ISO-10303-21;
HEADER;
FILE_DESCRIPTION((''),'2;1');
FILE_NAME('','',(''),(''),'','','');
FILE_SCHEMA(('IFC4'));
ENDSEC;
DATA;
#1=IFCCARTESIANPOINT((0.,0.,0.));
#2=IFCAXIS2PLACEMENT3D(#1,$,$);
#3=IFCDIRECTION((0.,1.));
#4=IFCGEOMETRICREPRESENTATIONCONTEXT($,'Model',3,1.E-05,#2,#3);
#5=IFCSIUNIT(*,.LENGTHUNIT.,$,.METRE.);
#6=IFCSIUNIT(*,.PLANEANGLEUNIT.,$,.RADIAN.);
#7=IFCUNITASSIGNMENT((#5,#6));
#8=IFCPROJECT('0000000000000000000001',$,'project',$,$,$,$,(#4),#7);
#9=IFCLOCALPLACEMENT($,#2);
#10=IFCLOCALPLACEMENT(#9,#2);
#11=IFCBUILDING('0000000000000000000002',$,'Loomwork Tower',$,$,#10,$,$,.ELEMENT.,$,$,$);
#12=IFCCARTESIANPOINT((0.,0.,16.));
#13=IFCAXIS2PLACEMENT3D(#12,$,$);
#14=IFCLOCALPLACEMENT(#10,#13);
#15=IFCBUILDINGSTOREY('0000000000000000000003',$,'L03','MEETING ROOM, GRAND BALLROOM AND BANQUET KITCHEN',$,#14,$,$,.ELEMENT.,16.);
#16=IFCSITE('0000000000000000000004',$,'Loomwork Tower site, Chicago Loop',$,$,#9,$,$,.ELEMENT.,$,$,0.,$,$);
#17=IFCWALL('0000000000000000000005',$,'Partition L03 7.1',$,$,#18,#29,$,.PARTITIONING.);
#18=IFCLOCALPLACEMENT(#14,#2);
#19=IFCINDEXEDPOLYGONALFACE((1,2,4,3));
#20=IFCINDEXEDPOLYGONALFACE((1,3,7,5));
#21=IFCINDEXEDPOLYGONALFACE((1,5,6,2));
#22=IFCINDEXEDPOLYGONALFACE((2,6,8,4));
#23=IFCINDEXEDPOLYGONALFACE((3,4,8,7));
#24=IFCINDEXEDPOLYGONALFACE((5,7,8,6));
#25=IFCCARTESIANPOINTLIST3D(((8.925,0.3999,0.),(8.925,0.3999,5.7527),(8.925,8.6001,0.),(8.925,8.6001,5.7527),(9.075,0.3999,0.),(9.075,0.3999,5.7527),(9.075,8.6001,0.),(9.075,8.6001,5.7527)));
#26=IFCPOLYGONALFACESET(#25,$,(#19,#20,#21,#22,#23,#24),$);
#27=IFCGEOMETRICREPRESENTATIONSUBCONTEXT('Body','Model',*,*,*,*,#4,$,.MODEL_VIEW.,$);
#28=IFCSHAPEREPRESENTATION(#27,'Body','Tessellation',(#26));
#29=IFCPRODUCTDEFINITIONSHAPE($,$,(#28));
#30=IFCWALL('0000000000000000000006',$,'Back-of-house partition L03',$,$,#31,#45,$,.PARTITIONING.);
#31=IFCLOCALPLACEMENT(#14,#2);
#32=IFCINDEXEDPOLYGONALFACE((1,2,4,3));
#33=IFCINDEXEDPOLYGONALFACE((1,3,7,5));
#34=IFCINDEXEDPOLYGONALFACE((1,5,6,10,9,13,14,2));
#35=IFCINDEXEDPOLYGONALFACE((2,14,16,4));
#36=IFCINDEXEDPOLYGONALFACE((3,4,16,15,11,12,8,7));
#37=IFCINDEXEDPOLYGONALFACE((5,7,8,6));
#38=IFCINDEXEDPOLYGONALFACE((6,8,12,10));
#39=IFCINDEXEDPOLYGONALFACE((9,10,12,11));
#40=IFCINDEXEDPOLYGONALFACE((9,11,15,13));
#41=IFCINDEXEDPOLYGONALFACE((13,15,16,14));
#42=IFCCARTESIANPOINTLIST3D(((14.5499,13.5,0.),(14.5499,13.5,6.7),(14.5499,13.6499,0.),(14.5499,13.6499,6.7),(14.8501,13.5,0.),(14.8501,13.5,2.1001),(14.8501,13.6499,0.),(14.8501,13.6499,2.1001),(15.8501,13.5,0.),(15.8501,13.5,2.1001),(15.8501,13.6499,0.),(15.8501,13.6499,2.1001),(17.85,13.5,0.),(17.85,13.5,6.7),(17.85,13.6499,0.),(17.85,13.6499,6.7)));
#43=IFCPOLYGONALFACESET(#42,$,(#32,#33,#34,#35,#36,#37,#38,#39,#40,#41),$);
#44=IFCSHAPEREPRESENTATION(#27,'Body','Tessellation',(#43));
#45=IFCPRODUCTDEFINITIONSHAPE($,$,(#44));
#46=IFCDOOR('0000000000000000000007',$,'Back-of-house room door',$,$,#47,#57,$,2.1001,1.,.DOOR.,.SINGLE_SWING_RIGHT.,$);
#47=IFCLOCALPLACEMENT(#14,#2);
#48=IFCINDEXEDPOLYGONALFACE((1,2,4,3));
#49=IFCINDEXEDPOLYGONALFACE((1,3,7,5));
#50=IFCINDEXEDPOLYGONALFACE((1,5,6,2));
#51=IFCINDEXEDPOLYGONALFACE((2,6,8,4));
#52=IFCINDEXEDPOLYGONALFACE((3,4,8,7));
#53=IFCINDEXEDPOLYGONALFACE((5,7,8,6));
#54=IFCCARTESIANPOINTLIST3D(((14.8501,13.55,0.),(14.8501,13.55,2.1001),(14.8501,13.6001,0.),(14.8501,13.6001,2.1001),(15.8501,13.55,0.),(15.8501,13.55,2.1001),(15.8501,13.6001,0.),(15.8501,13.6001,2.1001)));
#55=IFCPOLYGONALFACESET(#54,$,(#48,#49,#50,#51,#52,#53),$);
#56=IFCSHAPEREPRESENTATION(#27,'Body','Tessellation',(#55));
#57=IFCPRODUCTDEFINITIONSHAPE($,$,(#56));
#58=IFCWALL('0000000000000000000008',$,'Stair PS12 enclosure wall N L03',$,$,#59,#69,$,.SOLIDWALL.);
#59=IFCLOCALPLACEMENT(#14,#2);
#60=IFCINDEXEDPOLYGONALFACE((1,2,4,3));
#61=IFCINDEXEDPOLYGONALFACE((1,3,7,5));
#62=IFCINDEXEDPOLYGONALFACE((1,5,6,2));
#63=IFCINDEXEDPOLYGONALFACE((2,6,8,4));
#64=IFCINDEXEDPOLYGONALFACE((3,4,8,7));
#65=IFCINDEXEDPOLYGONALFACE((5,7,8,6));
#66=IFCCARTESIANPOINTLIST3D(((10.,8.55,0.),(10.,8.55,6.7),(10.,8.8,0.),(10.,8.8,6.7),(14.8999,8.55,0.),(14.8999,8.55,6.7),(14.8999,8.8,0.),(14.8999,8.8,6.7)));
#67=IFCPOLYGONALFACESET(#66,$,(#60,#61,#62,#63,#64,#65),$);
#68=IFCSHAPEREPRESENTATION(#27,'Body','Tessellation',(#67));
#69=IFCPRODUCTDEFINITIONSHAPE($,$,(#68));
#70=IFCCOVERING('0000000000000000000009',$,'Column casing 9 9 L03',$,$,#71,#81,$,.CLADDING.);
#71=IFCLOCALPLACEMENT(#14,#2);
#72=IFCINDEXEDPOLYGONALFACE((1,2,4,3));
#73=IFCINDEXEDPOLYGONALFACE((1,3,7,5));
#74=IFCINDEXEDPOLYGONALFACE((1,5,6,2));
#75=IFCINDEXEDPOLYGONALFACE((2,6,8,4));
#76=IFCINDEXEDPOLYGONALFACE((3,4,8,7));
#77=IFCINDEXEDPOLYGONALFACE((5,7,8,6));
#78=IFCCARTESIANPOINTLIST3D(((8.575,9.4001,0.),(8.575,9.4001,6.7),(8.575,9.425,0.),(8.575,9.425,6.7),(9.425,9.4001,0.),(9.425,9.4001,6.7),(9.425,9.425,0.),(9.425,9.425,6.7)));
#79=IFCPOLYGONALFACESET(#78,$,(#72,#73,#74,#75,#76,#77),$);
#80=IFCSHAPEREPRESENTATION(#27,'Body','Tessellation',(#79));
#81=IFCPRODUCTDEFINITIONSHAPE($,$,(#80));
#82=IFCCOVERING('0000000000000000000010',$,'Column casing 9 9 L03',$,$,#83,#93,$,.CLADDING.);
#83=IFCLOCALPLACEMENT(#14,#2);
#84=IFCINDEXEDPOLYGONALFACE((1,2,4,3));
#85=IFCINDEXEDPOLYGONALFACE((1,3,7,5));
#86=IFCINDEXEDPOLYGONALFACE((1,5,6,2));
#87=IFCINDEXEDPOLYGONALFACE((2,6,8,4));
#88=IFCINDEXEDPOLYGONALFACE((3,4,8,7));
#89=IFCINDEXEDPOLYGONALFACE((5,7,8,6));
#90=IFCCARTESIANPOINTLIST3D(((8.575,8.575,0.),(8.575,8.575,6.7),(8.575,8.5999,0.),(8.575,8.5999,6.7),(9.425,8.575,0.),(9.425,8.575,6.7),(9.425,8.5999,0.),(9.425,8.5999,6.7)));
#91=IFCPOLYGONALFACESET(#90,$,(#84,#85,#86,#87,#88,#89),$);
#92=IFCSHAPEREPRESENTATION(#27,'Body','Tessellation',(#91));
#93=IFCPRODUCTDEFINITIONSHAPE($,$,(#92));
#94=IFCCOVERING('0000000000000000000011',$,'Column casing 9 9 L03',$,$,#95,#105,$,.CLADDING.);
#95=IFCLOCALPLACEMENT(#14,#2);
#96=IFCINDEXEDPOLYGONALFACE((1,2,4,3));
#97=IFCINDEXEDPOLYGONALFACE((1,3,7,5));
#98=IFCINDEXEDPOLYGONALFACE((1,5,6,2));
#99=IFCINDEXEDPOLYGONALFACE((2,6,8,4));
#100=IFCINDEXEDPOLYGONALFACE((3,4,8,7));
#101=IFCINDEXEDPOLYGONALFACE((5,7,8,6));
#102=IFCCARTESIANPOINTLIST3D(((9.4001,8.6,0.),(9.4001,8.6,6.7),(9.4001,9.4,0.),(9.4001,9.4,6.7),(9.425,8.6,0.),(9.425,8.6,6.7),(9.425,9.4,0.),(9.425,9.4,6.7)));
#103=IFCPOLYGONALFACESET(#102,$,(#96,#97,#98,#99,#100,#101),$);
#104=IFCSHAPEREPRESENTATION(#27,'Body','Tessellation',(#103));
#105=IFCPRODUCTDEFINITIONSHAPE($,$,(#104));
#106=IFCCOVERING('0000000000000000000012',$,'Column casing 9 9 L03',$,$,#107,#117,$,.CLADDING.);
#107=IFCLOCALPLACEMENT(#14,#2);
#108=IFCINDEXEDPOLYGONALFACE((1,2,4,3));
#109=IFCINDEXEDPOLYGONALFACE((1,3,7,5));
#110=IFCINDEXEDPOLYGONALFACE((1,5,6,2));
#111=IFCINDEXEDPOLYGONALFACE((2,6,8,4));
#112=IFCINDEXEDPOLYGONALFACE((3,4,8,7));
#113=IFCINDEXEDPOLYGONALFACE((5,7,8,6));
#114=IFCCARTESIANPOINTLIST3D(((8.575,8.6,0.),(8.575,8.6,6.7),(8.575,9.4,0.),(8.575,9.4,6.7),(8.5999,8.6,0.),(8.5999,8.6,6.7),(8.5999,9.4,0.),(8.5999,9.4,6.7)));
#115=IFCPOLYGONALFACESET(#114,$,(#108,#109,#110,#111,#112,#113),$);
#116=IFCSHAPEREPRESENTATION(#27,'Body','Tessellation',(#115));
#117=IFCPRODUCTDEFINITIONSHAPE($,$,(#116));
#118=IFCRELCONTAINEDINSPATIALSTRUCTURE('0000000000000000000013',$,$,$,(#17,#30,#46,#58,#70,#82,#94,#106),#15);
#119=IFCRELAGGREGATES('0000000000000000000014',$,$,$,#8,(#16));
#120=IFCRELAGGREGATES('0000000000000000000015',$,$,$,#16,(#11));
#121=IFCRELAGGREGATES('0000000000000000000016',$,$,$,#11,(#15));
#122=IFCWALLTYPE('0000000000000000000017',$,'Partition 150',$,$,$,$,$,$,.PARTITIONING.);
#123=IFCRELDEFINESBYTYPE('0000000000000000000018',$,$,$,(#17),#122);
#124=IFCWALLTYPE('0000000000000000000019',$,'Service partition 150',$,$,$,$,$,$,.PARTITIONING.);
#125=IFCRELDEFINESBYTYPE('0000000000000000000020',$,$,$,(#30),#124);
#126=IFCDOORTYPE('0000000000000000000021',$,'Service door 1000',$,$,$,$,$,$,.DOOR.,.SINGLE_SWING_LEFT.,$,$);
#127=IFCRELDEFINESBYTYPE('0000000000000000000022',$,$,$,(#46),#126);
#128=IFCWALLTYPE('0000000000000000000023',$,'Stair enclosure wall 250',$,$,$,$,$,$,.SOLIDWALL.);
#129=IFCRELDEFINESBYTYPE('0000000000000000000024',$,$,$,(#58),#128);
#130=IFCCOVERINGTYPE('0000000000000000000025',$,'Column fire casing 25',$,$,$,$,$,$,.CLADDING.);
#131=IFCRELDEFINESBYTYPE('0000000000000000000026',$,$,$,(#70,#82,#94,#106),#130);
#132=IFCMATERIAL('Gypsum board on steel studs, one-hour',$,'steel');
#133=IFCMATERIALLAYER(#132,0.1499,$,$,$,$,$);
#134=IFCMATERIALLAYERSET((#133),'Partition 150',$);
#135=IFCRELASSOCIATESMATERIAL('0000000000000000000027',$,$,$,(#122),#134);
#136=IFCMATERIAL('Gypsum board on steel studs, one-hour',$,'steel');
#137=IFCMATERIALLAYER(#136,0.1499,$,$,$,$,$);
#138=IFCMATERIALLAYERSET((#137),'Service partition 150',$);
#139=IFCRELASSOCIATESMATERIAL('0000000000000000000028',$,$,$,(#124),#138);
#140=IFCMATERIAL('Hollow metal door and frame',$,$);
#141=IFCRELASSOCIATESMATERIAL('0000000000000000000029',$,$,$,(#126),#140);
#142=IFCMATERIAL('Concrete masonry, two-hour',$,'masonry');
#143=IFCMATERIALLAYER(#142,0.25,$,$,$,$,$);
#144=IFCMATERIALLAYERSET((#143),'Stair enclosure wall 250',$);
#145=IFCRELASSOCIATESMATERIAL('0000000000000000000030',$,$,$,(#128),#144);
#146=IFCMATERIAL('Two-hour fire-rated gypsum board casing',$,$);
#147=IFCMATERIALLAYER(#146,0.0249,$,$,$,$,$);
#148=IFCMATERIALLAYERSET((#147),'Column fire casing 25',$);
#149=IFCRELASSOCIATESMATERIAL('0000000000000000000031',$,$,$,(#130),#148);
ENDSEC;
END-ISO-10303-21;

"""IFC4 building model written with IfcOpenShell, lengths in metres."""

from ifc_helpers import new_model, si_unit, direction, frame, frame_2d, origin, origin_2d, place, context, subcontext, project, spatial, rectangle, extrude, material, layer, layer_set, type_object, element, fill, save


model = new_model("IFC4")

# Units and contexts
model_context = context("Model", 3, precision=1e-05, world=origin(), true_north=direction((0.0, 1.0)))
body_context = subcontext(model_context, "Body", "Model", "MODEL_VIEW")
ifc_project = project(units=[si_unit("LENGTHUNIT", "METRE"), si_unit("PLANEANGLEUNIT", "RADIAN")], contexts=[model_context])

# Site, building, storey
site_placement = place(None, origin())
site = spatial("IfcSite", under=ifc_project, at=site_placement, Name="Loomwork Tower site, Chicago Loop", CompositionType="ELEMENT", RefElevation=0.0)
building_placement = place(site_placement, origin())
building = spatial("IfcBuilding", under=site, at=building_placement, Name="Loomwork Tower", CompositionType="ELEMENT")
storey_placement = place(building_placement, frame((0.0, 0.0, 16.0)))
storey = spatial("IfcBuildingStorey", under=building, at=storey_placement, Name="L03", Description="MEETING ROOM, GRAND BALLROOM AND BANQUET KITCHEN", CompositionType="ELEMENT", Elevation=16.0)

# Wall
ifc_material_1 = material(Name="Gypsum board on steel studs, one-hour", Category="steel")
ifc_layer_1 = layer(ifc_material_1, 0.1499)
ifc_layer_set_1 = layer_set([ifc_layer_1], Name="Partition 150")
wall_type_1 = type_object("IfcWallType", Name="Partition 150", PredefinedType="PARTITIONING", material=ifc_layer_set_1)
wall_1_placement = place(storey_placement, frame((9.0, 8.6001, 0.0), z_axis=(0.0, 0.0, 1.0), x_axis=(0.0, -1.0, 0.0)))
element("IfcWall", 1, at=wall_1_placement, inside=storey, type_object=wall_type_1, Name="Partition L03 7.1", PredefinedType="PARTITIONING", context=body_context, shape_type="SweptSolid", body=[
    extrude(rectangle(XDim=8.2002, YDim=0.1499, at=frame_2d((4.1001, 0.0))), origin(), (0.0, 0.0, 1.0), 5.7527),
])

# Wall, opening, door
ifc_material_2 = material(Name="Gypsum board on steel studs, one-hour", Category="steel")
ifc_layer_2 = layer(ifc_material_2, 0.1499)
ifc_layer_set_2 = layer_set([ifc_layer_2], Name="Service partition 150")
wall_type_2 = type_object("IfcWallType", Name="Service partition 150", PredefinedType="PARTITIONING", material=ifc_layer_set_2)
wall_2_placement = place(storey_placement, frame((14.55, 13.575, 0.0), z_axis=(0.0, 0.0, 1.0), x_axis=(1.0, 0.0, 0.0)))
wall_2 = element("IfcWall", 2, at=wall_2_placement, inside=storey, type_object=wall_type_2, Name="Back-of-house partition L03", PredefinedType="PARTITIONING", context=body_context, shape_type="SweptSolid", body=[
    extrude(rectangle(XDim=3.3, YDim=0.1499, at=frame_2d((1.6499, 0.0))), origin(), (0.0, 0.0, 1.0), 6.7),
])
opening_1_placement = place(wall_2_placement, frame((0.3, 0.0, 0.0)))
opening_1 = element("IfcOpeningElement", 3, at=opening_1_placement, cuts=wall_2, PredefinedType="OPENING", context=body_context, shape_type="SweptSolid", body=[
    extrude(rectangle(XDim=1.0, YDim=2.1001, at=frame_2d((0.5, 1.05))), frame((0.0, 0.085, 0.0), z_axis=(0.0, -1.0, 0.0), x_axis=(1.0, 0.0, 0.0)), (0.0, 0.0, 1.0), 0.1699),
])
ifc_material_3 = material(Name="Hollow metal door and frame")
door_type_1 = type_object("IfcDoorType", Name="Service door 1000", OperationType="SINGLE_SWING_LEFT", PredefinedType="DOOR", material=ifc_material_3)
door_1_placement = place(opening_1_placement, frame((1.0, 0.0, 0.0), z_axis=(0.0, 0.0, 1.0), x_axis=(-1.0, 0.0, 0.0)))
door_1 = element("IfcDoor", 4, at=door_1_placement, inside=storey, type_object=door_type_1, Name="Back-of-house room door", OperationType="SINGLE_SWING_RIGHT", OverallHeight=2.1001, OverallWidth=1.0, PredefinedType="DOOR", context=body_context, shape_type="SweptSolid", body=[
    extrude(rectangle(XDim=1.0, YDim=2.1001, at=frame_2d((0.5, 1.05))), frame((0.0, 0.0249, 0.0), z_axis=(0.0, -1.0, 0.0), x_axis=(1.0, 0.0, 0.0)), (0.0, 0.0, 1.0), 0.05),
])
fill(opening_1, door_1)

# Wall
ifc_material_4 = material(Name="Concrete masonry, two-hour", Category="masonry")
ifc_layer_3 = layer(ifc_material_4, 0.25)
ifc_layer_set_3 = layer_set([ifc_layer_3], Name="Stair enclosure wall 250")
wall_type_3 = type_object("IfcWallType", Name="Stair enclosure wall 250", PredefinedType="SOLIDWALL", material=ifc_layer_set_3)
wall_3_placement = place(storey_placement, frame((10.0, 8.675, 0.0), z_axis=(0.0, 0.0, 1.0), x_axis=(1.0, 0.0, 0.0)))
element("IfcWall", 5, at=wall_3_placement, inside=storey, type_object=wall_type_3, Name="Stair PS12 enclosure wall N L03", PredefinedType="SOLIDWALL", context=body_context, shape_type="SweptSolid", body=[
    extrude(rectangle(XDim=4.8999, YDim=0.25, at=frame_2d((2.45, 0.0))), origin(), (0.0, 0.0, 1.0), 6.7),
])

# Coverings
ifc_material_5 = material(Name="Two-hour fire-rated gypsum board casing")
ifc_layer_4 = layer(ifc_material_5, 0.0249)
ifc_layer_set_4 = layer_set([ifc_layer_4], Name="Column fire casing 25")
covering_type = type_object("IfcCoveringType", Name="Column fire casing 25", PredefinedType="CLADDING", material=ifc_layer_set_4)
for number, where, z_axis, x_axis, name in (
    (6, (9.0, 9.4126, 0.0), (0.0, 0.0, 1.0), (1.0, 0.0, 0.0), "Column casing 9 9 L03"),
    (7, (9.0, 8.5874, 0.0), (0.0, 0.0, 1.0), (1.0, 0.0, 0.0), "Column casing 9 9 L03"),
):
    element("IfcCovering", number, at=place(storey_placement, frame(where, z_axis=z_axis, x_axis=x_axis)), inside=storey, type_object=covering_type, Name=name, PredefinedType="CLADDING", context=body_context, shape_type="SweptSolid", body=[
        extrude(rectangle(XDim=0.8501, YDim=0.0249, at=origin_2d()), origin(), (0.0, 0.0, 1.0), 6.7),
    ])
for number, where, z_axis, x_axis, name in (
    (8, (9.4126, 9.0, 0.0), (0.0, 0.0, 1.0), (1.0, 0.0, 0.0), "Column casing 9 9 L03"),
    (9, (8.5874, 9.0, 0.0), (0.0, 0.0, 1.0), (1.0, 0.0, 0.0), "Column casing 9 9 L03"),
):
    element("IfcCovering", number, at=place(storey_placement, frame(where, z_axis=z_axis, x_axis=x_axis)), inside=storey, type_object=covering_type, Name=name, PredefinedType="CLADDING", context=body_context, shape_type="SweptSolid", body=[
        extrude(rectangle(XDim=0.0249, YDim=0.8, at=origin_2d()), origin(), (0.0, 0.0, 1.0), 6.7),
    ])

save(model, "model.ifc")
